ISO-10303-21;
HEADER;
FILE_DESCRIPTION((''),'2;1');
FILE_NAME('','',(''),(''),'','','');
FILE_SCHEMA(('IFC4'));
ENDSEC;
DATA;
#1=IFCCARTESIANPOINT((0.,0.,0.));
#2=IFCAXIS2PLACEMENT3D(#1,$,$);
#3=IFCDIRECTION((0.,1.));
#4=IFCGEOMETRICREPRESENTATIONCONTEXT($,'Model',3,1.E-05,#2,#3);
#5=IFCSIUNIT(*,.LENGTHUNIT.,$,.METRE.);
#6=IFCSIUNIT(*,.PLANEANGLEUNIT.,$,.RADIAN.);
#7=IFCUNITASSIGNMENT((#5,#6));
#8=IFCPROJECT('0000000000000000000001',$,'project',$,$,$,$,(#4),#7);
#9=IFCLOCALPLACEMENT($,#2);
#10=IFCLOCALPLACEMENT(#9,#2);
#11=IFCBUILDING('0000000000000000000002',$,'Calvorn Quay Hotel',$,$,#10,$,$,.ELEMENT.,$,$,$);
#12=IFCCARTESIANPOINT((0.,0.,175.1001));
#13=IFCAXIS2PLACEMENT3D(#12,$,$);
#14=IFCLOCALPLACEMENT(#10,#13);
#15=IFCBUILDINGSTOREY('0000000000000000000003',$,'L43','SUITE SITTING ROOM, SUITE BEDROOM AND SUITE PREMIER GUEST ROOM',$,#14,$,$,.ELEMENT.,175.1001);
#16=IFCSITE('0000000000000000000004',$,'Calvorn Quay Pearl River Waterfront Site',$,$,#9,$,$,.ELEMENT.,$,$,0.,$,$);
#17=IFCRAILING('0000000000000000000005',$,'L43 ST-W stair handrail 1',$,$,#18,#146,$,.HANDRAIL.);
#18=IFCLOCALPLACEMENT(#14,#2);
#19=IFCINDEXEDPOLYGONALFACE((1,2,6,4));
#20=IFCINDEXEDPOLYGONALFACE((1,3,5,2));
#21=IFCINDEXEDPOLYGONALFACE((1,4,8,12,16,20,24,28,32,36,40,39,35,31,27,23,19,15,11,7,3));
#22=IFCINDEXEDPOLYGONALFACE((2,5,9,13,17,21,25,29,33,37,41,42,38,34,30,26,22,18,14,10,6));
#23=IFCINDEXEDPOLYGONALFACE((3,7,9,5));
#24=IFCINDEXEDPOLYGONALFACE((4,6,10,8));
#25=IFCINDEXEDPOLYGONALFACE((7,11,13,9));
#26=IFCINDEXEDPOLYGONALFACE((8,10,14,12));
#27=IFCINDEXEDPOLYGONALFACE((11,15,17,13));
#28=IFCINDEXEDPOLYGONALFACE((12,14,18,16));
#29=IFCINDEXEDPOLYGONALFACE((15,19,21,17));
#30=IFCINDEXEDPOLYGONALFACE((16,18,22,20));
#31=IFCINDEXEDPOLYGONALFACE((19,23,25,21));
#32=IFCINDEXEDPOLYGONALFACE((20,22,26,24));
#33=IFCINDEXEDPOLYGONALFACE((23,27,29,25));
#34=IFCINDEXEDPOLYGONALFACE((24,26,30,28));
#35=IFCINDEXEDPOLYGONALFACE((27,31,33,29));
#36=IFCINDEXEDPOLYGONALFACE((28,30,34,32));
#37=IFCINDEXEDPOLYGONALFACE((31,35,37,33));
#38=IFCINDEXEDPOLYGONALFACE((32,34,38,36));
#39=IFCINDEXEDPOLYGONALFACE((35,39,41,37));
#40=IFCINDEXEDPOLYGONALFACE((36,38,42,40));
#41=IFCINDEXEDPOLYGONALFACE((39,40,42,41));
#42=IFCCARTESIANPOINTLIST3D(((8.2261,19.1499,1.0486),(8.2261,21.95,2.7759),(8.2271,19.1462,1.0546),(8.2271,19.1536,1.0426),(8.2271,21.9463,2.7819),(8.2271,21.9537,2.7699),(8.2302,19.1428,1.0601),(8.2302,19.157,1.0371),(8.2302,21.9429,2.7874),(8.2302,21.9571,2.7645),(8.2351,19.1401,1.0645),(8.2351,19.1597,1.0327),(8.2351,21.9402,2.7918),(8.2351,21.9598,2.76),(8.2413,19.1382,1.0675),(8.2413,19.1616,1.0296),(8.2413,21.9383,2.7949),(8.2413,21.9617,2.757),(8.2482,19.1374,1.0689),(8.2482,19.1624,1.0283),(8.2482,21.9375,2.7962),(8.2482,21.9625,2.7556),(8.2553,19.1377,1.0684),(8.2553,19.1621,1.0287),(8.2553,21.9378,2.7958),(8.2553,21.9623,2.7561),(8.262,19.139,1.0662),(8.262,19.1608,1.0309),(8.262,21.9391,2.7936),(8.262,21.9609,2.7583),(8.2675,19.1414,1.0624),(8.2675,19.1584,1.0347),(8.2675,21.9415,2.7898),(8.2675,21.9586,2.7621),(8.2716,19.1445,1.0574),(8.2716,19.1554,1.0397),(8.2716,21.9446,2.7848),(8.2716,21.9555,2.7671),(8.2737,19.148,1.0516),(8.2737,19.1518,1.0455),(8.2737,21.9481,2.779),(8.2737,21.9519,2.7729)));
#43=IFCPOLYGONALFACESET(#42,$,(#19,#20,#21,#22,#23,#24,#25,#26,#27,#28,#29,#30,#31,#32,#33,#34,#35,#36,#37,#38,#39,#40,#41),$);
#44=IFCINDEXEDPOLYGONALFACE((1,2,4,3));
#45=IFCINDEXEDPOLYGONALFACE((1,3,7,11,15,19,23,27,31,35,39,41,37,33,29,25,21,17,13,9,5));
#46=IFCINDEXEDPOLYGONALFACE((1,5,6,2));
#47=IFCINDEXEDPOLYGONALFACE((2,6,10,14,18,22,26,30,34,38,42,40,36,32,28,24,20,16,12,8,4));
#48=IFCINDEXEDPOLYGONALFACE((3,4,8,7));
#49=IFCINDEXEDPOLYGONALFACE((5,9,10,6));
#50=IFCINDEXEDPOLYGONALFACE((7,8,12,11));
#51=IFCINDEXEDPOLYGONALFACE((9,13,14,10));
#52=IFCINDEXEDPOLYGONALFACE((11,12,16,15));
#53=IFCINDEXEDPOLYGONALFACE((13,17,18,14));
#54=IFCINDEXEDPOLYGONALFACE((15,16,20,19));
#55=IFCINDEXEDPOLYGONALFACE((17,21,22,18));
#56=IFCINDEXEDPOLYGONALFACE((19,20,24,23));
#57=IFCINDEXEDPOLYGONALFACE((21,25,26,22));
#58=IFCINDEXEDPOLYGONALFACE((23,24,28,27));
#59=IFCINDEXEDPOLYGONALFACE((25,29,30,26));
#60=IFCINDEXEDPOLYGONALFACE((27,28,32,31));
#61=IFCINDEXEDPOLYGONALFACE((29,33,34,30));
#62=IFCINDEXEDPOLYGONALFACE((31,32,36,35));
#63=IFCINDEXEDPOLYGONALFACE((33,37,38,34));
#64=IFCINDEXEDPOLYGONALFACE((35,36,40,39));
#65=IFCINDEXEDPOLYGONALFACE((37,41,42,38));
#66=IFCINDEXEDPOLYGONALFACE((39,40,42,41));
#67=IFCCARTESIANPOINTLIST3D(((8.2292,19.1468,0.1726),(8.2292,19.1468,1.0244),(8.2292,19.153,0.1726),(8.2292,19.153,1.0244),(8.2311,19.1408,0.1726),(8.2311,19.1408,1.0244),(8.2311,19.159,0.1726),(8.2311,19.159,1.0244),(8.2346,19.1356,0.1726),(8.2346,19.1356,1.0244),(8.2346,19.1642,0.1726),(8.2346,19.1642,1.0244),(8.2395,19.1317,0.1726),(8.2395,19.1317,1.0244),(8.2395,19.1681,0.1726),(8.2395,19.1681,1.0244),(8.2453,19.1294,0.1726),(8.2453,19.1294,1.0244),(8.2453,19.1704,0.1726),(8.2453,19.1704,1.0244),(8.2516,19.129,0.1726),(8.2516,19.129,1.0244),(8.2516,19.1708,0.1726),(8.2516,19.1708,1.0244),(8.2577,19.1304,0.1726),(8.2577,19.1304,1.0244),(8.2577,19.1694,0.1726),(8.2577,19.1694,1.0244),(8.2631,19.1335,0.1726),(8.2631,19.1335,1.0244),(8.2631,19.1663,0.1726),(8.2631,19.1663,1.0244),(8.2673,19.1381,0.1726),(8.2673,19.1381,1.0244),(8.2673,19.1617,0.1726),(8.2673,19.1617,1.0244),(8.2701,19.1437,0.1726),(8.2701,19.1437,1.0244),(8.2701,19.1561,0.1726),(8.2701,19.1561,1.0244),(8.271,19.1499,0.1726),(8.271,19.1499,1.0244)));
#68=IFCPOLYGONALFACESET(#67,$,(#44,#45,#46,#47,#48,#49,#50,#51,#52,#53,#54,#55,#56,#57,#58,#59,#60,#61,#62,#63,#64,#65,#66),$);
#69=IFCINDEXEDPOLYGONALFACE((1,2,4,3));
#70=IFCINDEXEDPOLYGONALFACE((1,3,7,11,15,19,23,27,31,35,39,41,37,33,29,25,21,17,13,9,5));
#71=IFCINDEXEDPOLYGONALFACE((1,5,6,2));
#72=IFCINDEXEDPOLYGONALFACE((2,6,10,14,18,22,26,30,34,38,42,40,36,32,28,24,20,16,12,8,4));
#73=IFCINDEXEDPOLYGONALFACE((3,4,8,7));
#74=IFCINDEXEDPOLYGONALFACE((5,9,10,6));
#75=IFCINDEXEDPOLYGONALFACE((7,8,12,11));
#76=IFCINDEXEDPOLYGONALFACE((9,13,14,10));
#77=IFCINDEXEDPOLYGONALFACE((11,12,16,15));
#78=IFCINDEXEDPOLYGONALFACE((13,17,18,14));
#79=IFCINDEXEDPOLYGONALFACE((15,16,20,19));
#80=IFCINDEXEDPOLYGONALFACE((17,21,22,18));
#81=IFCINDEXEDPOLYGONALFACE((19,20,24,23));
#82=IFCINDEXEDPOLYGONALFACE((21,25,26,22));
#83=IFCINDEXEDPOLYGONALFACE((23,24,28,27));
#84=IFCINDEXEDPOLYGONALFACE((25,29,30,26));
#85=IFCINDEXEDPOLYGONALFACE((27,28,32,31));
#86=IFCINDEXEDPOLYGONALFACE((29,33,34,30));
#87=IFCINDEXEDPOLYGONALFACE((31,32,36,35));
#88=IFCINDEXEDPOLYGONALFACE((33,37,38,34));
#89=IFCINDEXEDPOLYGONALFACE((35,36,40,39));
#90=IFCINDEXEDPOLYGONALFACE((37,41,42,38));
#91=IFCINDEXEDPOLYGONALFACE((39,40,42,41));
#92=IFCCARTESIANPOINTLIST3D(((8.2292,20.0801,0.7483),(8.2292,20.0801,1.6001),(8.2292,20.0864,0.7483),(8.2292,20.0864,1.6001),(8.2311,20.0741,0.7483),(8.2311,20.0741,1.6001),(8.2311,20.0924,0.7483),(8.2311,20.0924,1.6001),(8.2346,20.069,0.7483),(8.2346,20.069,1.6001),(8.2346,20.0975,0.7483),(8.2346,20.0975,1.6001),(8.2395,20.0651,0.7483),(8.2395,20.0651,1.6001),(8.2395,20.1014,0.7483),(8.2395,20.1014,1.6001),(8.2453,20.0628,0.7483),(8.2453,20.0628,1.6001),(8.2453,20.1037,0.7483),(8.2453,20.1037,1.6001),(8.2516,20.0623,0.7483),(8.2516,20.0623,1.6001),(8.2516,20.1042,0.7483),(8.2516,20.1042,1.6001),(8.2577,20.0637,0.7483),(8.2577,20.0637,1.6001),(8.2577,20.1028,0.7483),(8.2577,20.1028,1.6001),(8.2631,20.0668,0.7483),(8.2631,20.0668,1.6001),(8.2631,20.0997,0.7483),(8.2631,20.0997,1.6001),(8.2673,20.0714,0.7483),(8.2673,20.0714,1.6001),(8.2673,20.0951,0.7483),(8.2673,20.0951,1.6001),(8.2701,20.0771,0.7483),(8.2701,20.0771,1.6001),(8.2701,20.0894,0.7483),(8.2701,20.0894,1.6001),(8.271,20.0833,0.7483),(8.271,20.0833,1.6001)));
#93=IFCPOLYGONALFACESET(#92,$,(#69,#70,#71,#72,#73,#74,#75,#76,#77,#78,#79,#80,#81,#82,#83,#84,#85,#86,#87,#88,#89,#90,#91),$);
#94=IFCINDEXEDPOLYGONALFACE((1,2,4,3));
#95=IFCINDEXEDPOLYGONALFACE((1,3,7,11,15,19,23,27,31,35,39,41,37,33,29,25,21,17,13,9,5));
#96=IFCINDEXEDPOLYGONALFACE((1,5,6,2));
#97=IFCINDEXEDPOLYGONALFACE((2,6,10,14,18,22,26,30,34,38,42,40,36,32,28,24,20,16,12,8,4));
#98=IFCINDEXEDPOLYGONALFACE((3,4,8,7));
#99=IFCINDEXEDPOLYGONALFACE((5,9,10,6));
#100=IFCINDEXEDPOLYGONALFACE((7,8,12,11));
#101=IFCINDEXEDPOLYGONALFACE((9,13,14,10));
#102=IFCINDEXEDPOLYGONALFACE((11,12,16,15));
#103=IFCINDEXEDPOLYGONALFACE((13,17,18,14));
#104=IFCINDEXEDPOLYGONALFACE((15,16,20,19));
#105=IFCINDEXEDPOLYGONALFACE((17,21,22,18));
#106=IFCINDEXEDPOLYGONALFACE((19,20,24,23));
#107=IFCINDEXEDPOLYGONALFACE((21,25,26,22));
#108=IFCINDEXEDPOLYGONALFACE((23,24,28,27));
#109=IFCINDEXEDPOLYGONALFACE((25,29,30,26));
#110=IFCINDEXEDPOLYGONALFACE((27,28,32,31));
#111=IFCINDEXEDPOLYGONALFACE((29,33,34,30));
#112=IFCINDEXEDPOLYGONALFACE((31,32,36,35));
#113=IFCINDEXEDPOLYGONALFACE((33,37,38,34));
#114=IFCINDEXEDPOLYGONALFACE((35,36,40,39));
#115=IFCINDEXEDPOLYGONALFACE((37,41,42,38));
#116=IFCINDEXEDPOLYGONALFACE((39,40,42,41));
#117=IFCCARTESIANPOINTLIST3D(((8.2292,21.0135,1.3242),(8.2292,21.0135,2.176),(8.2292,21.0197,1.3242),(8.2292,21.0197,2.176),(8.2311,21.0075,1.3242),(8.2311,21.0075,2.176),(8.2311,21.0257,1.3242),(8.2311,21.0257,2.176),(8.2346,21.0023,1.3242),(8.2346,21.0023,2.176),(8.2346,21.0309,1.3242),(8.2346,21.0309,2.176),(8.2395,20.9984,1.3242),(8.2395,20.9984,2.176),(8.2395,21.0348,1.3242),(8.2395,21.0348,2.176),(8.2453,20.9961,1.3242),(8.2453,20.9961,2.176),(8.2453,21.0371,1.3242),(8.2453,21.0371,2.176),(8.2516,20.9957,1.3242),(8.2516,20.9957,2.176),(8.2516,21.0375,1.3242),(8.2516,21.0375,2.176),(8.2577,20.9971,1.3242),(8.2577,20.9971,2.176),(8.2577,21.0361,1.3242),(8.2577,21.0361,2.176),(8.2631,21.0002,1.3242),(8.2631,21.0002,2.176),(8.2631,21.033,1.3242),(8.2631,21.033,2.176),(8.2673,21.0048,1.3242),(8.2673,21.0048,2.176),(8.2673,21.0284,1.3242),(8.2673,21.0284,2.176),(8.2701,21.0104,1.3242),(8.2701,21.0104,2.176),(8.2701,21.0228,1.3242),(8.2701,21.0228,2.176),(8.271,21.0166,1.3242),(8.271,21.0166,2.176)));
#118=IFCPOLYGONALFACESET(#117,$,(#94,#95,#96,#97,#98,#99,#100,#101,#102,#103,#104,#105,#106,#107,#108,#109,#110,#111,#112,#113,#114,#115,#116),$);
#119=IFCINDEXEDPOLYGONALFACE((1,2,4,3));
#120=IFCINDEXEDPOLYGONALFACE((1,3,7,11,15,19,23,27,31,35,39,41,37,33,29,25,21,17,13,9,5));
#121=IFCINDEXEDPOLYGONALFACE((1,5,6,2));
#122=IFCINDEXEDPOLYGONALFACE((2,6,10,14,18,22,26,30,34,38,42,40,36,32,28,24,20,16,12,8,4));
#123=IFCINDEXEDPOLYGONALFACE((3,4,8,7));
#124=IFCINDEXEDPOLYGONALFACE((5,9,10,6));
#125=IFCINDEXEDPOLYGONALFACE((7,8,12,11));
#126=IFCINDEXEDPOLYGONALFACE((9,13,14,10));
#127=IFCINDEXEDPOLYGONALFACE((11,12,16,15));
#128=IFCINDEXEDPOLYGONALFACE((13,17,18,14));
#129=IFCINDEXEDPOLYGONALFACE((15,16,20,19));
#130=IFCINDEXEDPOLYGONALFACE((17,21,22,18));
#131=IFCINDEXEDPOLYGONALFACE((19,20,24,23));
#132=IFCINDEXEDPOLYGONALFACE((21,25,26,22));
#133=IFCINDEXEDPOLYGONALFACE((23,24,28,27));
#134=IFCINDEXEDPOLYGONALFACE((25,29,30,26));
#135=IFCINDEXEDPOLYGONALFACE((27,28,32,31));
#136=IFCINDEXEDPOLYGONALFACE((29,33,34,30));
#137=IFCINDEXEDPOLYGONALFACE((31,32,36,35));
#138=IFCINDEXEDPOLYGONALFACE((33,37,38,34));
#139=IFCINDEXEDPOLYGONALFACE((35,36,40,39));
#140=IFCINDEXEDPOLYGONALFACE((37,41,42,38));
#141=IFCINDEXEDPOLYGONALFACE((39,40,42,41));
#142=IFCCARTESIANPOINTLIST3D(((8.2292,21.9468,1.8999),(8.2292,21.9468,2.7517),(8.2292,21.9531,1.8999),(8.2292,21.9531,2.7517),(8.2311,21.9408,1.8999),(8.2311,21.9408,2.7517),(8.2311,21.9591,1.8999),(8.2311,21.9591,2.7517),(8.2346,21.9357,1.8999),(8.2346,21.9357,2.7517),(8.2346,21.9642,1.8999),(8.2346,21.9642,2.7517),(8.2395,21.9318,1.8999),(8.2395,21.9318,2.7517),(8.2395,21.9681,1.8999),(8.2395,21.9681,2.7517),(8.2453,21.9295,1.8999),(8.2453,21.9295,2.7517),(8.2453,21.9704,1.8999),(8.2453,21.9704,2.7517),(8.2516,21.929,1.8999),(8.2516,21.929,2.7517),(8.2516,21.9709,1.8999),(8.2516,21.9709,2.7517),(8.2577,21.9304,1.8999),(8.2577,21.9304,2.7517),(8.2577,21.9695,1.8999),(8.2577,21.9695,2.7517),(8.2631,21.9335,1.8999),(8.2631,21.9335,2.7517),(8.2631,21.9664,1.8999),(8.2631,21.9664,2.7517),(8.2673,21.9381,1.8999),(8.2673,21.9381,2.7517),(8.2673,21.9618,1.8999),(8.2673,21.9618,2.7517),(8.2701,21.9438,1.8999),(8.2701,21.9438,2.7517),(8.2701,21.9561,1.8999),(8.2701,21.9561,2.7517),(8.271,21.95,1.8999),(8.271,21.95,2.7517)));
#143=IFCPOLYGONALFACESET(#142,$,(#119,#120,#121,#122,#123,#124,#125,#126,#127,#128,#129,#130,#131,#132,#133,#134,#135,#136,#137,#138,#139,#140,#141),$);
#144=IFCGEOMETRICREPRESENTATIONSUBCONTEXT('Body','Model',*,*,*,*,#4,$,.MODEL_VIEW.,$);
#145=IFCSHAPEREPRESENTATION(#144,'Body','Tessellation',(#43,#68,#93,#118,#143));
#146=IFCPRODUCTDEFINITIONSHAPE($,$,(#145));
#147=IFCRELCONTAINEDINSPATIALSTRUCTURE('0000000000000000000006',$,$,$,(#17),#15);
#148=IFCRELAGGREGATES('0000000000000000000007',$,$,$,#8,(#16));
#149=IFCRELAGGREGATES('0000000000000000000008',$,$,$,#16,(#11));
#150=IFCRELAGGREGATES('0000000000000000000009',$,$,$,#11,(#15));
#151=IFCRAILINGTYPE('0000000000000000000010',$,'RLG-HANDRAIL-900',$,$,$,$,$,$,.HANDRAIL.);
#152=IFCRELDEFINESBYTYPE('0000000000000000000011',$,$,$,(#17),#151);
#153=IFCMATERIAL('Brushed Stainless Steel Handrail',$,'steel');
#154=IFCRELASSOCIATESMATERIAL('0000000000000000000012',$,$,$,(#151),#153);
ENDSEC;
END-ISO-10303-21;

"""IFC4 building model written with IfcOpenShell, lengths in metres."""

from ifc_helpers import new_model, si_unit, direction, frame, origin, origin_2d, place, context, subcontext, project, spatial, circle, extrude, material, type_object, element, save


model = new_model("IFC4")

# Units and contexts
model_context = context("Model", 3, precision=1e-05, world=origin(), true_north=direction((0.0, 1.0)))
body_context = subcontext(model_context, "Body", "Model", "MODEL_VIEW")
ifc_project = project(units=[si_unit("LENGTHUNIT", "METRE"), si_unit("PLANEANGLEUNIT", "RADIAN")], contexts=[model_context])

# Site, building, storey
site_placement = place(None, origin())
site = spatial("IfcSite", under=ifc_project, at=site_placement, Name="Calvorn Quay Pearl River Waterfront Site", CompositionType="ELEMENT", RefElevation=0.0)
building_placement = place(site_placement, origin())
building = spatial("IfcBuilding", under=site, at=building_placement, Name="Calvorn Quay Hotel", CompositionType="ELEMENT")
storey_placement = place(building_placement, frame((0.0, 0.0, 175.1001)))
storey = spatial("IfcBuildingStorey", under=building, at=storey_placement, Name="L43", Description="SUITE SITTING ROOM, SUITE BEDROOM AND SUITE PREMIER GUEST ROOM", CompositionType="ELEMENT", Elevation=175.1001)

# Railing
ifc_material_1 = material(Name="Brushed Stainless Steel Handrail", Category="steel")
railing_type_1 = type_object("IfcRailingType", Name="RLG-HANDRAIL-900", PredefinedType="HANDRAIL", material=ifc_material_1)
railing_1_placement = place(storey_placement, frame((8.25, 19.1499, 0.1726)))
element("IfcRailing", 1, at=railing_1_placement, inside=storey, type_object=railing_type_1, Name="L43 ST-W stair handrail 1", PredefinedType="HANDRAIL", context=body_context, shape_type="SweptSolid", body=[
    extrude(circle(Radius=0.0239, at=origin_2d()), frame((0.0, 0.0, 0.876), z_axis=(0.0, 0.85109, 0.52502), x_axis=(-1.0, 0.0, 0.0)), (0.0, 0.0, 1.0), 3.29),
    extrude(circle(Radius=0.021, at=origin_2d()), origin(), (0.0, 0.0, 1.0), 0.8518),
    extrude(circle(Radius=0.021, at=origin_2d()), frame((0.0, 0.9333, 0.5757)), (0.0, 0.0, 1.0), 0.8518),
    extrude(circle(Radius=0.021, at=origin_2d()), frame((0.0, 1.8667, 1.1516)), (0.0, 0.0, 1.0), 0.8518),
    extrude(circle(Radius=0.021, at=origin_2d()), frame((0.0, 2.8, 1.7273)), (0.0, 0.0, 1.0), 0.8518),
])

save(model, "model.ifc")
